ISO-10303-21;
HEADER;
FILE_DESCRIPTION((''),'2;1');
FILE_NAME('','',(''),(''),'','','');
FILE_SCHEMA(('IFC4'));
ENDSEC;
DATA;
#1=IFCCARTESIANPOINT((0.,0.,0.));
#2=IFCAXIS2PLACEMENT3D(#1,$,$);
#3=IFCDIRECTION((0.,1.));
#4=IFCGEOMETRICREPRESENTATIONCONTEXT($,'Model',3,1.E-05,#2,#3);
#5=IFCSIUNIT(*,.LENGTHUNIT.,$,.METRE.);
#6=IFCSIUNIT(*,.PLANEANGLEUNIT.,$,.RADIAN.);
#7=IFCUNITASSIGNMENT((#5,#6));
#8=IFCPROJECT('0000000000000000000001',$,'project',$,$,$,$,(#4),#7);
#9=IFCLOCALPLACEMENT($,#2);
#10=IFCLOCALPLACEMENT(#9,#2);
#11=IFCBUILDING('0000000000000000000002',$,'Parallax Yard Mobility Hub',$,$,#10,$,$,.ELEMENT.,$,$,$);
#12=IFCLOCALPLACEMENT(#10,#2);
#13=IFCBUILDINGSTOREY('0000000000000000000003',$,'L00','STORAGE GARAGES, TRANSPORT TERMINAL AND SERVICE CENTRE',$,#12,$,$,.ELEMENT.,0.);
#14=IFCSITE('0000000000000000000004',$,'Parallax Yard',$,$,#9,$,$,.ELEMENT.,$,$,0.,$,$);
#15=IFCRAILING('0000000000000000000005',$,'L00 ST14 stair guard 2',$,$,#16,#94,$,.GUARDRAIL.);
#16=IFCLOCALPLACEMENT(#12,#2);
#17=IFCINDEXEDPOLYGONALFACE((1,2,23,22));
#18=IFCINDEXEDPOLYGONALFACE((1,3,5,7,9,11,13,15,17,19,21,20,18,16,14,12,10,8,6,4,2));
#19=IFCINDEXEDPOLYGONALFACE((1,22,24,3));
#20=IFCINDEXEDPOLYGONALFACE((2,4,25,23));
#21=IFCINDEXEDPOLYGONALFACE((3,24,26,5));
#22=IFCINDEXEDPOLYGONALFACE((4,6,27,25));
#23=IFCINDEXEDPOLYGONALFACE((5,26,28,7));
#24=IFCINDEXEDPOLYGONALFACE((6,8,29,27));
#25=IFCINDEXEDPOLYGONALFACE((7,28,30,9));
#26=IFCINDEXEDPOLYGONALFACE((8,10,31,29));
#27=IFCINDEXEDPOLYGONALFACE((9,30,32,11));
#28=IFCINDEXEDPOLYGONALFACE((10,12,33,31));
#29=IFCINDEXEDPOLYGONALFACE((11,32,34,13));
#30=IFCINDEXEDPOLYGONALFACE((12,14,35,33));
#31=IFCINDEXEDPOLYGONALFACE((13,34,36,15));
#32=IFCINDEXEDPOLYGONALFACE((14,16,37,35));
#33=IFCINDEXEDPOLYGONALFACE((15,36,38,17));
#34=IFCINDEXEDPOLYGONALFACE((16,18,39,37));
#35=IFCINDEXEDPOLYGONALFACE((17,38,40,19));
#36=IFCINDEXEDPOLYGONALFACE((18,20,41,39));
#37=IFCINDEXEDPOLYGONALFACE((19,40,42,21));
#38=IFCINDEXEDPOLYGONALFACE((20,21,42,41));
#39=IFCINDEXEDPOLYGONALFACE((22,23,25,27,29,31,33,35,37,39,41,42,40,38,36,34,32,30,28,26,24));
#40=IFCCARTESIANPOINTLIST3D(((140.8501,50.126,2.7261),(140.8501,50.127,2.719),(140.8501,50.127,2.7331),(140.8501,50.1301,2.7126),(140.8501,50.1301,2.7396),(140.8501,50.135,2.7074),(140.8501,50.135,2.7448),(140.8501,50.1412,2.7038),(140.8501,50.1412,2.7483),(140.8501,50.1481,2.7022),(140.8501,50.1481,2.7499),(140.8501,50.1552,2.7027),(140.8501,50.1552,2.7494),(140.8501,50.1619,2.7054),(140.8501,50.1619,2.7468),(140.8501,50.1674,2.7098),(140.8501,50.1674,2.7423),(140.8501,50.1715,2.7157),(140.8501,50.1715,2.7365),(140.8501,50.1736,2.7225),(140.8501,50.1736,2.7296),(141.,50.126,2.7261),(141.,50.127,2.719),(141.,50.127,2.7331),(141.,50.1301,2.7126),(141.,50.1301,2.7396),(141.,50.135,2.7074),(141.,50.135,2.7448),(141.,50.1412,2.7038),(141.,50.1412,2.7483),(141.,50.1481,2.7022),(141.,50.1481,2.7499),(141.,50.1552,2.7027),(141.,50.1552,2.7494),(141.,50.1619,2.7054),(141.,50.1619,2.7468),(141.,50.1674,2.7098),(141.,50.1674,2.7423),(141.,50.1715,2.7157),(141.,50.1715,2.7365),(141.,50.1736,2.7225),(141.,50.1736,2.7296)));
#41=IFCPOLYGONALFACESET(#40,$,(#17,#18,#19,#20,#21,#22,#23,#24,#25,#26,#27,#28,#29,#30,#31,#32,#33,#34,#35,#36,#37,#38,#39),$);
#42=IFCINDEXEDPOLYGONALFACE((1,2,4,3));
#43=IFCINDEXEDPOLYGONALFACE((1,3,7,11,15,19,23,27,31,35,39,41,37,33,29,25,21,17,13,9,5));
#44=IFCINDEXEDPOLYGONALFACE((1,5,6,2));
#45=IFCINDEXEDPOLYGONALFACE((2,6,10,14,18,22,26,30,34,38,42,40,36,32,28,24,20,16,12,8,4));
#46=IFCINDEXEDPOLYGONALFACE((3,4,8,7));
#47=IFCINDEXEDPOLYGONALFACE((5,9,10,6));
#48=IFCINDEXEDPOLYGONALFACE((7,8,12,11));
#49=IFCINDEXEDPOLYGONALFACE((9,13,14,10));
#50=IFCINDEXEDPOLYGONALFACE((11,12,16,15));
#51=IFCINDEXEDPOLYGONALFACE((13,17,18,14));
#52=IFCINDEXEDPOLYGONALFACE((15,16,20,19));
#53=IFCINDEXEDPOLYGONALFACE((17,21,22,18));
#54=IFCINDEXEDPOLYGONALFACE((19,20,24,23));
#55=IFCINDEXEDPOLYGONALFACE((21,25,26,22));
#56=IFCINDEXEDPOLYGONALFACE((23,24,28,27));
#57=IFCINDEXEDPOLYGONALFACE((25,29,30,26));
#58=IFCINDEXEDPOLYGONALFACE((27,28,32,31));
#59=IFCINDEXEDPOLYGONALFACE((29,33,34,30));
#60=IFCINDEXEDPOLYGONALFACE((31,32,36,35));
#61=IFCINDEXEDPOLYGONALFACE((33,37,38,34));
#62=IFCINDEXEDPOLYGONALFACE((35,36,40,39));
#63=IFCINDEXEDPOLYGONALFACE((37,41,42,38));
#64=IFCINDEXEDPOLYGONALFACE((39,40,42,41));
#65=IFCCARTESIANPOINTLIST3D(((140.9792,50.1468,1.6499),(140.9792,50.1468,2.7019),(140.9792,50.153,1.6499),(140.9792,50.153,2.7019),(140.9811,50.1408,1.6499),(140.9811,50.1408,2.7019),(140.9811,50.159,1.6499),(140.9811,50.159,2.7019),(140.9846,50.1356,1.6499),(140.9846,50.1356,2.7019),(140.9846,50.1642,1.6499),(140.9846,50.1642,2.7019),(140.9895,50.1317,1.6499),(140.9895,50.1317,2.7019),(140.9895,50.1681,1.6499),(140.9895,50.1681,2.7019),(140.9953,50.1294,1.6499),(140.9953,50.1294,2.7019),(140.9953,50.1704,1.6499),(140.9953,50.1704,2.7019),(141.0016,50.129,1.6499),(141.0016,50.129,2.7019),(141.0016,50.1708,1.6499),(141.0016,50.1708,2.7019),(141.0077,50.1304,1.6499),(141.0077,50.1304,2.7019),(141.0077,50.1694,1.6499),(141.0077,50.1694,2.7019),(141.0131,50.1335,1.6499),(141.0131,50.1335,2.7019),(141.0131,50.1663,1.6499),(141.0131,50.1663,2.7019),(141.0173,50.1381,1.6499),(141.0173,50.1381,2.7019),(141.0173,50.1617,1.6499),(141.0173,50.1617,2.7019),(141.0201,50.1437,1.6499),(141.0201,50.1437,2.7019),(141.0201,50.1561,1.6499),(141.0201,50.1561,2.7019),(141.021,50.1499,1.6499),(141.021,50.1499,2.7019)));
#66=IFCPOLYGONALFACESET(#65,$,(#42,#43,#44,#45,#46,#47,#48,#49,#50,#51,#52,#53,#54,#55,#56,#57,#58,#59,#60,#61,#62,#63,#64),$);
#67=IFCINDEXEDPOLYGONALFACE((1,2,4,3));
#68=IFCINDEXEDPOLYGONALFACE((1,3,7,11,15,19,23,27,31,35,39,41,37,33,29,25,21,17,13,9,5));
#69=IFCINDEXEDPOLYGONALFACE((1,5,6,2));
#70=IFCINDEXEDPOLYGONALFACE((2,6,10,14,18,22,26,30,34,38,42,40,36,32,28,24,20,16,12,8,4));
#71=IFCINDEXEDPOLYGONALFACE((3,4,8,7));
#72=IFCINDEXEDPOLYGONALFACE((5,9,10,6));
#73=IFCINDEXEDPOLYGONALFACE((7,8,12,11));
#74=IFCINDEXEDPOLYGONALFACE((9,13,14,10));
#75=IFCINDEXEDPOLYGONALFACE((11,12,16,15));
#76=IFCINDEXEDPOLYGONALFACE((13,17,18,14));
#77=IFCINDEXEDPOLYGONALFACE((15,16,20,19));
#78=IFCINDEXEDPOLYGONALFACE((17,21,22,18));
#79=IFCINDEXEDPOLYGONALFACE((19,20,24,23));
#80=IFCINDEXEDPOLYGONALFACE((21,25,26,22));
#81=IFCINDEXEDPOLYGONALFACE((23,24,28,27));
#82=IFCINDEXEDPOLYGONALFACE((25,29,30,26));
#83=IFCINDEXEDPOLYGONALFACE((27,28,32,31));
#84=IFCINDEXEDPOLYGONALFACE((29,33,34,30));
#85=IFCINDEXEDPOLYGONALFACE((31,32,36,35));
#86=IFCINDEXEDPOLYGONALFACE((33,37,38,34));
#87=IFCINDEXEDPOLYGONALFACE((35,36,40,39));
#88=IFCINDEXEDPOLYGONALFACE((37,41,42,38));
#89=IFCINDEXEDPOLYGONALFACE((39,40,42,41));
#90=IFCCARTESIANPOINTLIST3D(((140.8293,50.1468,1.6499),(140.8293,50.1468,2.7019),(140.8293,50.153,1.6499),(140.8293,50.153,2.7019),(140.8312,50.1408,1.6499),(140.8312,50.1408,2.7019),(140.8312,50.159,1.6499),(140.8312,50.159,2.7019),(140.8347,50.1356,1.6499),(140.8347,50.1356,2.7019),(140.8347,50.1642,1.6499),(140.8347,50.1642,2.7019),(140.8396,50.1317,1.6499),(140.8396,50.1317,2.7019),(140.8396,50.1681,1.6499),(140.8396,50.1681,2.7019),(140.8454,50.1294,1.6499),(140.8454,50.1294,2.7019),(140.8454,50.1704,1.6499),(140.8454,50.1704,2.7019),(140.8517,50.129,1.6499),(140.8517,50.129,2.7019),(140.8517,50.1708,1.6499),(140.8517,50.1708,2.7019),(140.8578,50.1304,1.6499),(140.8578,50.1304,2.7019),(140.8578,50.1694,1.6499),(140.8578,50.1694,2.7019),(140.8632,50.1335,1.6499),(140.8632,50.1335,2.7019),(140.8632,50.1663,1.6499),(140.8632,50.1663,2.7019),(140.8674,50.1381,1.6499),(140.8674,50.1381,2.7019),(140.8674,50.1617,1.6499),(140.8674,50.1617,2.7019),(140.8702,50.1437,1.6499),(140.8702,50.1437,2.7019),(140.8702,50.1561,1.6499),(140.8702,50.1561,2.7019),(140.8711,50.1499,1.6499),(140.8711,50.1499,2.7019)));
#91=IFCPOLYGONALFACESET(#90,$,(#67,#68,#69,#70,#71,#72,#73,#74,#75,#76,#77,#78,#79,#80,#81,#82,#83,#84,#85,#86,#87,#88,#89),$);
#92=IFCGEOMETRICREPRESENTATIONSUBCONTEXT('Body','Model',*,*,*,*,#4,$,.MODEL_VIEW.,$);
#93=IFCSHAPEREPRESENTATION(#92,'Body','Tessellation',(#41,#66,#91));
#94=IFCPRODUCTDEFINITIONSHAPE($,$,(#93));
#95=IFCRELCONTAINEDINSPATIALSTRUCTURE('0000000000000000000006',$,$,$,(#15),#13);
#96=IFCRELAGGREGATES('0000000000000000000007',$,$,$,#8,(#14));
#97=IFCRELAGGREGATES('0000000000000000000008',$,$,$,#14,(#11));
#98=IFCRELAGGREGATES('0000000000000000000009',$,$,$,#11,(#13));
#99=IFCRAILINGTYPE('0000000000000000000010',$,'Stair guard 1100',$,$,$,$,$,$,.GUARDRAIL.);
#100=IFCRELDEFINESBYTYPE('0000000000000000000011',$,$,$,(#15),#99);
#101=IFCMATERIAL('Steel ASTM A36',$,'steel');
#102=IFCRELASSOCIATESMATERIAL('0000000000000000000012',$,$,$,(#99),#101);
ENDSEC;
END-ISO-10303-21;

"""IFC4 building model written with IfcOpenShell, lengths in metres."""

from ifc_helpers import new_model, si_unit, direction, frame, origin, origin_2d, place, context, subcontext, project, spatial, circle, extrude, material, type_object, element, save


model = new_model("IFC4")

# Units and contexts
model_context = context("Model", 3, precision=1e-05, world=origin(), true_north=direction((0.0, 1.0)))
body_context = subcontext(model_context, "Body", "Model", "MODEL_VIEW")
ifc_project = project(units=[si_unit("LENGTHUNIT", "METRE"), si_unit("PLANEANGLEUNIT", "RADIAN")], contexts=[model_context])

# Site, building, storey
site_placement = place(None, origin())
site = spatial("IfcSite", under=ifc_project, at=site_placement, Name="Parallax Yard", CompositionType="ELEMENT", RefElevation=0.0)
building_placement = place(site_placement, origin())
building = spatial("IfcBuilding", under=site, at=building_placement, Name="Parallax Yard Mobility Hub", CompositionType="ELEMENT")
storey_placement = place(building_placement, origin())
storey = spatial("IfcBuildingStorey", under=building, at=storey_placement, Name="L00", Description="STORAGE GARAGES, TRANSPORT TERMINAL AND SERVICE CENTRE", CompositionType="ELEMENT", Elevation=0.0)

# Railing
ifc_material_1 = material(Name="Steel ASTM A36", Category="steel")
railing_type_1 = type_object("IfcRailingType", Name="Stair guard 1100", PredefinedType="GUARDRAIL", material=ifc_material_1)
railing_1_placement = place(storey_placement, frame((141.0, 50.1499, 1.6499)))
element("IfcRailing", 1, at=railing_1_placement, inside=storey, type_object=railing_type_1, Name="L00 ST14 stair guard 2", PredefinedType="GUARDRAIL", context=body_context, shape_type="SweptSolid", body=[
    extrude(circle(Radius=0.0239, at=origin_2d()), frame((0.0, 0.0, 1.0762), z_axis=(-1.0, 0.0, 0.0), x_axis=(0.0, -1.0, 0.0)), (0.0, 0.0, 1.0), 0.1499),
    extrude(circle(Radius=0.021, at=origin_2d()), origin(), (0.0, 0.0, 1.0), 1.052),
    extrude(circle(Radius=0.021, at=origin_2d()), frame((-0.1499, 0.0, 0.0)), (0.0, 0.0, 1.0), 1.052),
])

save(model, "model.ifc")
